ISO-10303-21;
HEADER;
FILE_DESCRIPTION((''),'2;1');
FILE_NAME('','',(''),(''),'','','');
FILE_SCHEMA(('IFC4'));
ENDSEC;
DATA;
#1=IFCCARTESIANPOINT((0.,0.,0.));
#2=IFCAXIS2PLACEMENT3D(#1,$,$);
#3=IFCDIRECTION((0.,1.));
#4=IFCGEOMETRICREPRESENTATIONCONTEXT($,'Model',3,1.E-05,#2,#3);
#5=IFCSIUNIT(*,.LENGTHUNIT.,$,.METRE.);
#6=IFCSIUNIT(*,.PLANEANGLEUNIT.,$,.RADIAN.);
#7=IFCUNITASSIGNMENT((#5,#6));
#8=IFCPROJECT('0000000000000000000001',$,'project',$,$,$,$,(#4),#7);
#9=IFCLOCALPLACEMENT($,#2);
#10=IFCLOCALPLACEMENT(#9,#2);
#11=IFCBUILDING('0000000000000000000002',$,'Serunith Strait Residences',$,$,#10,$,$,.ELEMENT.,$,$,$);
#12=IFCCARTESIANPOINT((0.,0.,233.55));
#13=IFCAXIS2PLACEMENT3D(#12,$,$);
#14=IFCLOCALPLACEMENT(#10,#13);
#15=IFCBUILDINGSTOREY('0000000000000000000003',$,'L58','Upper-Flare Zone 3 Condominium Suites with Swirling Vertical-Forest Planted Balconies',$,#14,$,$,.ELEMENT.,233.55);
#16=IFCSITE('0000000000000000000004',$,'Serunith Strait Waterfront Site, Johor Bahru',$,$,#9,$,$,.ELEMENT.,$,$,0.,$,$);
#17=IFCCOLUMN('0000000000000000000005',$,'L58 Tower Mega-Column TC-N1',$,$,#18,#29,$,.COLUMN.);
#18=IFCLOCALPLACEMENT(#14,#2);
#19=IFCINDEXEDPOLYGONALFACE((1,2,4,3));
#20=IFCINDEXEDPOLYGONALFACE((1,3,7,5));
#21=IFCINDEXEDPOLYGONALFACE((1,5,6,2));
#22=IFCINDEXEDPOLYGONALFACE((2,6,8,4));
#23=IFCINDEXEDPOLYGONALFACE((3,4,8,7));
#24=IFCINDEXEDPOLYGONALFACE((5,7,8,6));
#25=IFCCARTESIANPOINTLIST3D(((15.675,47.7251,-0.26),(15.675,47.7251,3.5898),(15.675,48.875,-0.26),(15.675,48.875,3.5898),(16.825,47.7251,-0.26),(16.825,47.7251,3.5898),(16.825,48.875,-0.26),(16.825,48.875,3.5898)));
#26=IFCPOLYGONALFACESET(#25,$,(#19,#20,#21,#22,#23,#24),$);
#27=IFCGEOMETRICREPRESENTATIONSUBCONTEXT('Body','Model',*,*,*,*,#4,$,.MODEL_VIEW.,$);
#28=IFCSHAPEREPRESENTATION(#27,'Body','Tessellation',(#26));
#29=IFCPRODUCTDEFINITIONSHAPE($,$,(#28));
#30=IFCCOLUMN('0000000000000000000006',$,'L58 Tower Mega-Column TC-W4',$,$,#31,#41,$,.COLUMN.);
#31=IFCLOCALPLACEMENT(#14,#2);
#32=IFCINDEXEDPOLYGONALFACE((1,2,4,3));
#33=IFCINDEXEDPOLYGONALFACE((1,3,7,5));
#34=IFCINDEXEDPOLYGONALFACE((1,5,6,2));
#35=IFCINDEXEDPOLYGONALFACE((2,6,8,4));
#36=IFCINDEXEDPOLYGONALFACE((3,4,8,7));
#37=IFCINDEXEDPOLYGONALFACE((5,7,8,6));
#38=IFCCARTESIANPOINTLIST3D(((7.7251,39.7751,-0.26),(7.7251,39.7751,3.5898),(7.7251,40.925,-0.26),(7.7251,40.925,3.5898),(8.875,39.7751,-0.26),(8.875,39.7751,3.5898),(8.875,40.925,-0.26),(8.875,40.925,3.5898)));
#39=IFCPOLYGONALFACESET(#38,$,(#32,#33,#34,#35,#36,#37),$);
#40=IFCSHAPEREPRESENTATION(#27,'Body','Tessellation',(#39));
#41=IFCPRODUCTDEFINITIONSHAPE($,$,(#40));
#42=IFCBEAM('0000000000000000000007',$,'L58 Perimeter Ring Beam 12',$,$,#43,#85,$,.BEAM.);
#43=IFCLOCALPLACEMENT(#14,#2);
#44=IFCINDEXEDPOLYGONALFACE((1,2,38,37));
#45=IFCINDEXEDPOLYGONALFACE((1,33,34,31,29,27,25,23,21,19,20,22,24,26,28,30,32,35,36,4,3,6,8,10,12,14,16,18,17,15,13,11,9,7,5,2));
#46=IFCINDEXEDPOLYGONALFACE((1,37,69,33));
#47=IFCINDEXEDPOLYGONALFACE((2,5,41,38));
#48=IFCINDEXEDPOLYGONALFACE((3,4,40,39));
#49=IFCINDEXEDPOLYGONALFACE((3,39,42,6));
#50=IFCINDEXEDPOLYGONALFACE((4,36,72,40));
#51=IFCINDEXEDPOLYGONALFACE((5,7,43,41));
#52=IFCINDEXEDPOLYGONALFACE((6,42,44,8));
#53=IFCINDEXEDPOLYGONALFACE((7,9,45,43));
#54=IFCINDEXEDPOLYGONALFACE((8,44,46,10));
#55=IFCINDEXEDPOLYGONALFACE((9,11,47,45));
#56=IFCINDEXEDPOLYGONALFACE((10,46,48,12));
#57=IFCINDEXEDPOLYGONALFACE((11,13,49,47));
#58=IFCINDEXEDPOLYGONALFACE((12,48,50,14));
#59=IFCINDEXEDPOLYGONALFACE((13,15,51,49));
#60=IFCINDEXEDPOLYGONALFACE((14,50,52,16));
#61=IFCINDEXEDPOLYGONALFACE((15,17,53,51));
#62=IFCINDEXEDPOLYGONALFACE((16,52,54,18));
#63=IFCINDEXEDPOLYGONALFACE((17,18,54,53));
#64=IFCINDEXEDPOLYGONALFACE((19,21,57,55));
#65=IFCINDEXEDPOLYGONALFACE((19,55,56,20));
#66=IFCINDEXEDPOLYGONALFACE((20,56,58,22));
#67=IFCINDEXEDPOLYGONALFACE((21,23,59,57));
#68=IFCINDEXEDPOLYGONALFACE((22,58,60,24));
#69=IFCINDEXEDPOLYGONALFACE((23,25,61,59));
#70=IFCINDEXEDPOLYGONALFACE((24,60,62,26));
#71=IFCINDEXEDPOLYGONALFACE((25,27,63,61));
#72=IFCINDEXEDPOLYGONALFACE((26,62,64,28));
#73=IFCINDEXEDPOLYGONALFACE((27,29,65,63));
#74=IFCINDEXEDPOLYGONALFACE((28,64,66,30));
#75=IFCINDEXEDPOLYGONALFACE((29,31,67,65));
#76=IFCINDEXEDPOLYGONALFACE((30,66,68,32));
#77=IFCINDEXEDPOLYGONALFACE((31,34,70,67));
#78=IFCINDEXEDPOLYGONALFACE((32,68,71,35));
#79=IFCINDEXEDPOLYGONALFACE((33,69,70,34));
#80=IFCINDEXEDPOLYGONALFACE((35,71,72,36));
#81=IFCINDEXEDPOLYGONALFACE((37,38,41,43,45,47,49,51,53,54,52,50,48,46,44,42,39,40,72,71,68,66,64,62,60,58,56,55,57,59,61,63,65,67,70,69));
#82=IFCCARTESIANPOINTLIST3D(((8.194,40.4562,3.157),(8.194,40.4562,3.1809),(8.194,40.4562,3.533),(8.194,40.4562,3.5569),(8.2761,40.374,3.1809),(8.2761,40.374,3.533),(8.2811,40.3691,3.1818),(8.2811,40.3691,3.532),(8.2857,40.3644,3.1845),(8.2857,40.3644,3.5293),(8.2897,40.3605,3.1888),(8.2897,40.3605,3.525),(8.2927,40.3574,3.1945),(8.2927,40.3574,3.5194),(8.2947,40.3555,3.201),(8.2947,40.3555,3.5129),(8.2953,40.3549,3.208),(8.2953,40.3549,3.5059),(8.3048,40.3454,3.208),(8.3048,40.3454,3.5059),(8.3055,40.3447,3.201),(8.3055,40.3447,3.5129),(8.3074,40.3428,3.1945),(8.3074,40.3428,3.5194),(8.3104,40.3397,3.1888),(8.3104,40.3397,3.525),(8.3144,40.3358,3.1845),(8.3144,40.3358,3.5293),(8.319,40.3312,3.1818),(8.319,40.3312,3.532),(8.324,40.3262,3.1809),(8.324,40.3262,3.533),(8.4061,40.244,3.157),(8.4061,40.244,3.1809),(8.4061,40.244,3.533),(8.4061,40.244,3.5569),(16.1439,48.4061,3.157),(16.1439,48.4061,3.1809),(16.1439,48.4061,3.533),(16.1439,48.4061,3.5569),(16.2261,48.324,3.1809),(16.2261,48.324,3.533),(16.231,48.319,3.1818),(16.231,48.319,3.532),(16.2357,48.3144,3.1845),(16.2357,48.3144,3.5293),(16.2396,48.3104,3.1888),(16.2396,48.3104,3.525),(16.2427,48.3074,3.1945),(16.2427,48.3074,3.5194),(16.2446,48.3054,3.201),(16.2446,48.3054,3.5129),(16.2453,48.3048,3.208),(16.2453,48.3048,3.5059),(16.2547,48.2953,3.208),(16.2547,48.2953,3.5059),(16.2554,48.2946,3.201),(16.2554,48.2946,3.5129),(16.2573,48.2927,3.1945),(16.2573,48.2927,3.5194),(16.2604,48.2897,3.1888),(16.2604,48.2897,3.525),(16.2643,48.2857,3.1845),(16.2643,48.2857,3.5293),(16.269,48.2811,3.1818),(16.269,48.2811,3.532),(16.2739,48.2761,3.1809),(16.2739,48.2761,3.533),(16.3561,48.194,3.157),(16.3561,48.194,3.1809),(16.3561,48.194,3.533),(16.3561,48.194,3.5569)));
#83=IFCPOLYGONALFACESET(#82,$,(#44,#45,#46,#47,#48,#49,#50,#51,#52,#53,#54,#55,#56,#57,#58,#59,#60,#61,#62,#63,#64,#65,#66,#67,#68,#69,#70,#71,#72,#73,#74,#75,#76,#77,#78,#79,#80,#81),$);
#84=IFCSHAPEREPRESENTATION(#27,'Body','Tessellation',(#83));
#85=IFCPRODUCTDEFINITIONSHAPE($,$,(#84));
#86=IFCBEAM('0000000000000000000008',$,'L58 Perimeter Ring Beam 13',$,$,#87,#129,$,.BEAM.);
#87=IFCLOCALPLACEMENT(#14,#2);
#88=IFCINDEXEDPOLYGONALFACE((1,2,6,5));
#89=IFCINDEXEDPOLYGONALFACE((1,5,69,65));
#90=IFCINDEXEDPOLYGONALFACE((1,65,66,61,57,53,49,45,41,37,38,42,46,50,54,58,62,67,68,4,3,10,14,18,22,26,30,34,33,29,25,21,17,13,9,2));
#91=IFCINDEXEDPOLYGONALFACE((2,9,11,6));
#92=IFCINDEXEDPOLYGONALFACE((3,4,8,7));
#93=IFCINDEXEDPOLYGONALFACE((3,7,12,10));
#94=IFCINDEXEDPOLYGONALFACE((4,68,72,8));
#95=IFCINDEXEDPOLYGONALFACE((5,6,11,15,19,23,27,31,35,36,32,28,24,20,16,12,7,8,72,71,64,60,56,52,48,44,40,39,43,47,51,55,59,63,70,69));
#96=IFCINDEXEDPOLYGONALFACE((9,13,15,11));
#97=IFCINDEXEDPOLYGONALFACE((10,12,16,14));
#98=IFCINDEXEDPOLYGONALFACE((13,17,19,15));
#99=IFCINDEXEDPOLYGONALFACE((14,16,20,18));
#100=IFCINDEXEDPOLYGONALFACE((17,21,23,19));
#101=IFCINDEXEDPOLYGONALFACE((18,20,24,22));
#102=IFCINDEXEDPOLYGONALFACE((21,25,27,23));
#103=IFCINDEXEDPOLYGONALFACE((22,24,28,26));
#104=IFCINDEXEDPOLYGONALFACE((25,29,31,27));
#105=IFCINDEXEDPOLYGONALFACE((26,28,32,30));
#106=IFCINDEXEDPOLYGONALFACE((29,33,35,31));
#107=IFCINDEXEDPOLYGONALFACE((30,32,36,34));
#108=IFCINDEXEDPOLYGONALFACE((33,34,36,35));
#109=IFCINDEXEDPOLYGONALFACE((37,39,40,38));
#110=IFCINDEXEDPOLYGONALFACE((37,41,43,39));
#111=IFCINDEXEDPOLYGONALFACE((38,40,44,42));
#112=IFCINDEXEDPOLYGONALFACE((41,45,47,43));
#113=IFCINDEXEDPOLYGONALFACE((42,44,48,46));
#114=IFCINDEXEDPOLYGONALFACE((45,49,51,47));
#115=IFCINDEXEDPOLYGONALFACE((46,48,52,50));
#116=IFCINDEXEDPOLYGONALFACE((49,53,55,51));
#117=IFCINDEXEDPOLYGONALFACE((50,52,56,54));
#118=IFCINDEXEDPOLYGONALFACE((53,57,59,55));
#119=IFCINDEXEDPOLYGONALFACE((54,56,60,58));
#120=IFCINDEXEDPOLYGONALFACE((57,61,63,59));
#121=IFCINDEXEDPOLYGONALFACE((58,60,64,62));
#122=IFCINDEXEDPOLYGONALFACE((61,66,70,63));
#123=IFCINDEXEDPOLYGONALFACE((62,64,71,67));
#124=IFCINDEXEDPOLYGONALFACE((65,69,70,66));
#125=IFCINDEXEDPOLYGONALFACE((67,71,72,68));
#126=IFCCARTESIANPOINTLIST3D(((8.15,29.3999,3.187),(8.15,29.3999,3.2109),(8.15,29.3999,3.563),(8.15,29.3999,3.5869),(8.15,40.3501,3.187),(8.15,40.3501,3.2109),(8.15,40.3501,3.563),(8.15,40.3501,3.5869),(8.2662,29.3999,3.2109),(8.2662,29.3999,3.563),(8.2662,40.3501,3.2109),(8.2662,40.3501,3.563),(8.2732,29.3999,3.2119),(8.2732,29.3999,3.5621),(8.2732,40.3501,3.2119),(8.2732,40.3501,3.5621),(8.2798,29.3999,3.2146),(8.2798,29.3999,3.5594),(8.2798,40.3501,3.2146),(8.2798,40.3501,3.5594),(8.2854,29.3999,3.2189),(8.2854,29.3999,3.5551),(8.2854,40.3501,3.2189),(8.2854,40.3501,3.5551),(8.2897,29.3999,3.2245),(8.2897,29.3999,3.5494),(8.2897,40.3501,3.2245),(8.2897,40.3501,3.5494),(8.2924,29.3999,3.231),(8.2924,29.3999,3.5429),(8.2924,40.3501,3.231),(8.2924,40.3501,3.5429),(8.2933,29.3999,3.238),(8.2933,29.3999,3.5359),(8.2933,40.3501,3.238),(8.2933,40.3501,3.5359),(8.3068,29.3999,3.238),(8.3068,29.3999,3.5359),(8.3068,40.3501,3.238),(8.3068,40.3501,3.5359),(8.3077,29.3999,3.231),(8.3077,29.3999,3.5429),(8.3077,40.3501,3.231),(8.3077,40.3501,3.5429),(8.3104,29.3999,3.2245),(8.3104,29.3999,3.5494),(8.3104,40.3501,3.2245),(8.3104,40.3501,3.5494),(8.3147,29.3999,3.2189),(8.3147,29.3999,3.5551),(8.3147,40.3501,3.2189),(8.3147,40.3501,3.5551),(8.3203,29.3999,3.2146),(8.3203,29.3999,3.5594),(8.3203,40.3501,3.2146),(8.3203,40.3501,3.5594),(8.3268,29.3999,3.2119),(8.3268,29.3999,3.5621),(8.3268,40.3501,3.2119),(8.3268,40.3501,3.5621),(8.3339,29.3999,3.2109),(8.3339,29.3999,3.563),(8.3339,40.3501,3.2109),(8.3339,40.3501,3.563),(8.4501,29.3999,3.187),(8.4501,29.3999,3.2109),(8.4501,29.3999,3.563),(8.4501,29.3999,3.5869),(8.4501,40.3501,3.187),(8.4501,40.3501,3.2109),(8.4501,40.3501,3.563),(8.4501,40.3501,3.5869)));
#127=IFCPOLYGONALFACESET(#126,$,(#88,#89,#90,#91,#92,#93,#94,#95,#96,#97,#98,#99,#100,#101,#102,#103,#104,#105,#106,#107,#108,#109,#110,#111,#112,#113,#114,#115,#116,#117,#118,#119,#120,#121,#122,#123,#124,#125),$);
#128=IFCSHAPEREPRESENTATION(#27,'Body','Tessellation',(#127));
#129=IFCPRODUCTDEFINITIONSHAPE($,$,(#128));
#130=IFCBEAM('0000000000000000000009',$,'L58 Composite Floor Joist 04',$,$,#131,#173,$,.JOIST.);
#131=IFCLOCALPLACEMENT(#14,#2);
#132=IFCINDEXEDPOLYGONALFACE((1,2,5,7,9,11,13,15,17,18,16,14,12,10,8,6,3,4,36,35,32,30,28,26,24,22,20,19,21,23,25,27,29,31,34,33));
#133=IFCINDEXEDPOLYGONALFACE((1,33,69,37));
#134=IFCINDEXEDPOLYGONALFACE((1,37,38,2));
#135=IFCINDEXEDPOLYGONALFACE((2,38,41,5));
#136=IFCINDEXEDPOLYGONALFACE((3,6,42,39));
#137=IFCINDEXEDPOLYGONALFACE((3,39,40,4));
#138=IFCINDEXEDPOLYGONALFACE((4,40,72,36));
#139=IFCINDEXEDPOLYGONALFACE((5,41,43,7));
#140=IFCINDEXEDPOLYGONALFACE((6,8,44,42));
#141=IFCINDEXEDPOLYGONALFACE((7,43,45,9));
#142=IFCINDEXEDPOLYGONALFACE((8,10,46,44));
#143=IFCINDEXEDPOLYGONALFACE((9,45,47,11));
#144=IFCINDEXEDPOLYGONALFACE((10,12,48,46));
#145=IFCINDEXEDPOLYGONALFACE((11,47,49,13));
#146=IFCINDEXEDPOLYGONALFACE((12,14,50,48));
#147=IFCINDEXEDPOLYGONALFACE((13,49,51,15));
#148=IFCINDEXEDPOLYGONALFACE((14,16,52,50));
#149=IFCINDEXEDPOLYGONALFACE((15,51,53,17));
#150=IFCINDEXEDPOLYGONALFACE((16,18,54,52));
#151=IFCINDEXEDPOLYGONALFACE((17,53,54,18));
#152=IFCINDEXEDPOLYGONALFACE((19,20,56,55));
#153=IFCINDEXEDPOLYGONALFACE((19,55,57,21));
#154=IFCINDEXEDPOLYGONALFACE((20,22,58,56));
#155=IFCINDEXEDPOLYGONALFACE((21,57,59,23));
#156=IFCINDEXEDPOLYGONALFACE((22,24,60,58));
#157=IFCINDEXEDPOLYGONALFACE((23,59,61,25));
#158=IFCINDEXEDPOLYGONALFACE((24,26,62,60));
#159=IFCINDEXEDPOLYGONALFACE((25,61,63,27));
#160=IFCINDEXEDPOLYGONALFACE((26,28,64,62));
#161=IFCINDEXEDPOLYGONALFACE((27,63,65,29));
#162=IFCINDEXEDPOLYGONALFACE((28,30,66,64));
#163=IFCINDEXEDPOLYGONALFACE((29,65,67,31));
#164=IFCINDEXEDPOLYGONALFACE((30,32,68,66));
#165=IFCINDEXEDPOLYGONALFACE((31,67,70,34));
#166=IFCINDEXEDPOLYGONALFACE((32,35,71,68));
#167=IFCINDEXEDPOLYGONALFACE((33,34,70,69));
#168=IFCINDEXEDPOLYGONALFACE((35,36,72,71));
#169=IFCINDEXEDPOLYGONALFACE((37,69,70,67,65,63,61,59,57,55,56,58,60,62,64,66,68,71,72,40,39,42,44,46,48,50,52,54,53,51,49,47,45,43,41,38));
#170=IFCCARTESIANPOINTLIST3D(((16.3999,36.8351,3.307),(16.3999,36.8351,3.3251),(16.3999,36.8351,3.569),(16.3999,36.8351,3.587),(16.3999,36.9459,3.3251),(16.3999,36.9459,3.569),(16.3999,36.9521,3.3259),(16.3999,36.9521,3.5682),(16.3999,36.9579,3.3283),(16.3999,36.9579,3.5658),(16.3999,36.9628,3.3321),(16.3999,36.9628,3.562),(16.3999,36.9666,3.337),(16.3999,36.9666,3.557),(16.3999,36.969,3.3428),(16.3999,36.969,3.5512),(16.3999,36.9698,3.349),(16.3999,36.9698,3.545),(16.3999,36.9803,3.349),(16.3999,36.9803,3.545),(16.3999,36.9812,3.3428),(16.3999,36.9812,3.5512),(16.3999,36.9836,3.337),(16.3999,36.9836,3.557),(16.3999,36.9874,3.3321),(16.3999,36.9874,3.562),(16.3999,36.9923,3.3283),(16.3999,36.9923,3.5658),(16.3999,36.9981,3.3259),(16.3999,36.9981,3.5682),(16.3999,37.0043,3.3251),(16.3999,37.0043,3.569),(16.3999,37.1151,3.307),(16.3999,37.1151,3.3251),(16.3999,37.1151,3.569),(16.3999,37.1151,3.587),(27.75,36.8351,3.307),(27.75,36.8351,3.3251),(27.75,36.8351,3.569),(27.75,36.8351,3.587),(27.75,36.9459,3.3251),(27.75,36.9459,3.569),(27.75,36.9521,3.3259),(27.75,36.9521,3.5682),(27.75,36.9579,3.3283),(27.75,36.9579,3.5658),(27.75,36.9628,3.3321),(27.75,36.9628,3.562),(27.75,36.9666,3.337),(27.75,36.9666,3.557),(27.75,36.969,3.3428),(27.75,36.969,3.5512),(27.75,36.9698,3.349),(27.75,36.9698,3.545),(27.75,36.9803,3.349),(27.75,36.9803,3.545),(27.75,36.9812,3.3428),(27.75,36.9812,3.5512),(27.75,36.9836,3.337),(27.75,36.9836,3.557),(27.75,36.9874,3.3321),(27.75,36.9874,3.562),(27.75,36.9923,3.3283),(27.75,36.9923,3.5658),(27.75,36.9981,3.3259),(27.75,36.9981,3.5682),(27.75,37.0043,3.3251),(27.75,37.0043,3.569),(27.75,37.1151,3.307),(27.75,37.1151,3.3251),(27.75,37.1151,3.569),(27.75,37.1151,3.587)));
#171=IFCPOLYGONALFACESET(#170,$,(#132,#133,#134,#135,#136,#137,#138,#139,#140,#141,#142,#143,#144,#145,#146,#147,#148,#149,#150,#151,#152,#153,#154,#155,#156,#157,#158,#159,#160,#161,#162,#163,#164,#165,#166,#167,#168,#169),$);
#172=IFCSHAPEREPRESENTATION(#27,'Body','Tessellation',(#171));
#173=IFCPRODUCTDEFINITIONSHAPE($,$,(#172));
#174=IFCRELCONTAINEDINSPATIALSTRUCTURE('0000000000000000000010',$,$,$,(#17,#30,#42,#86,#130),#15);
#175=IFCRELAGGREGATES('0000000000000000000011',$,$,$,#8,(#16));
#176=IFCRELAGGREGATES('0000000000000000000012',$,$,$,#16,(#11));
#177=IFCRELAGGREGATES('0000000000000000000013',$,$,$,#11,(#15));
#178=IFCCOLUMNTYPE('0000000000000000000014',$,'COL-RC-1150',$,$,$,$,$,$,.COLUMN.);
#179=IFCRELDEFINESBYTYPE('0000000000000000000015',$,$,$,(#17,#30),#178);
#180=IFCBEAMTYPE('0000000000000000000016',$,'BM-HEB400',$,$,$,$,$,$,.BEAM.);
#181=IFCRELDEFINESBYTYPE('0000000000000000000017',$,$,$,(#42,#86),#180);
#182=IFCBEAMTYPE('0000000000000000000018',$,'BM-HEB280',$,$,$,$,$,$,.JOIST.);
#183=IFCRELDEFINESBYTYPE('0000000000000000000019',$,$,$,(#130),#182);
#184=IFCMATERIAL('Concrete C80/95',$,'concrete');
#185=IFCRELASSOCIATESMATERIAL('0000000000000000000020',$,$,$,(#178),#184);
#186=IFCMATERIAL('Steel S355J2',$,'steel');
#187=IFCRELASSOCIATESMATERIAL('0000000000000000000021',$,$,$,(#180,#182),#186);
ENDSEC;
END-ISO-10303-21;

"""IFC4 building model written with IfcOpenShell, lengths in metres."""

from ifc_helpers import new_model, si_unit, direction, frame, origin, origin_2d, place, context, subcontext, project, spatial, rectangle, i_section, extrude, source, transform, mapped, material, material_profile, profile_set, type_object, element, save


model = new_model("IFC4")

# Units and contexts
model_context = context("Model", 3, precision=1e-05, world=origin(), true_north=direction((0.0, 1.0)))
body_context = subcontext(model_context, "Body", "Model", "MODEL_VIEW")
ifc_project = project(units=[si_unit("LENGTHUNIT", "METRE"), si_unit("PLANEANGLEUNIT", "RADIAN")], contexts=[model_context])

# Site, building, storey
site_placement = place(None, origin())
site = spatial("IfcSite", under=ifc_project, at=site_placement, Name="Serunith Strait Waterfront Site, Johor Bahru", CompositionType="ELEMENT", RefElevation=0.0)
building_placement = place(site_placement, origin())
building = spatial("IfcBuilding", under=site, at=building_placement, Name="Serunith Strait Residences", CompositionType="ELEMENT")
storey_placement = place(building_placement, frame((0.0, 0.0, 233.55)))
storey = spatial("IfcBuildingStorey", under=building, at=storey_placement, Name="L58", Description="Upper-Flare Zone 3 Condominium Suites with Swirling Vertical-Forest Planted Balconies", CompositionType="ELEMENT", Elevation=233.55)

# Columns
ifc_material_1 = material(Name="Concrete C80/95", Category="concrete")
ifc_material_profile_1 = material_profile(ifc_material_1, rectangle(XDim=1.1499, YDim=1.1499, at=origin_2d()), Name="RC 1150x1150")
ifc_profile_set_1 = profile_set([ifc_material_profile_1], Name="Concrete C80/95")
column_type = type_object("IfcColumnType", Name="COL-RC-1150", PredefinedType="COLUMN", material=ifc_profile_set_1)
shared_shape_1 = source(origin(), body_context, "Body", "SweptSolid", [
    extrude(rectangle(XDim=1.1499, YDim=1.1499, at=origin_2d()), origin(), (0.0, 0.0, 1.0), 3.8499),
])
for number, where, z_axis, x_axis, name in (
    (1, (16.25, 48.3, -0.26), (0.0, 0.0, 1.0), (1.0, 0.0, 0.0), "L58 Tower Mega-Column TC-N1"),
    (2, (8.3, 40.3501, -0.26), (0.0, 0.0, 1.0), (1.0, 0.0, 0.0), "L58 Tower Mega-Column TC-W4"),
):
    element("IfcColumn", number, at=place(storey_placement, frame(where, z_axis=z_axis, x_axis=x_axis)), inside=storey, type_object=column_type, Name=name, PredefinedType="COLUMN", context=body_context, shape_type="MappedRepresentation", body=[
        mapped(shared_shape_1, transform((0.0, 0.0, 0.0), scale=1.0)),
    ])

# Beams
ifc_material_2 = material(Name="Steel S355J2", Category="steel")
ifc_material_profile_2 = material_profile(ifc_material_2, i_section(OverallWidth=0.3, OverallDepth=0.3999, WebThickness=0.0134, FlangeThickness=0.0239, FilletRadius=0.0271, at=origin_2d()), Name="HEB 400")
ifc_profile_set_2 = profile_set([ifc_material_profile_2], Name="Steel S355J2")
beam_type_1 = type_object("IfcBeamType", Name="BM-HEB400", PredefinedType="BEAM", material=ifc_profile_set_2)
shared_shape_2 = source(origin(), body_context, "Body", "SweptSolid", [
    extrude(i_section(OverallWidth=0.3, OverallDepth=0.3999, WebThickness=0.0134, FlangeThickness=0.0239, FilletRadius=0.0271, at=origin_2d()), origin(), (0.0, 0.0, 1.0), 11.2429),
])
beam_1_placement = place(storey_placement, frame((16.25, 48.3, 3.3569), z_axis=(-0.707107, -0.707107, 0.0), x_axis=(0.707107, -0.707107, 0.0)))
element("IfcBeam", 3, at=beam_1_placement, inside=storey, type_object=beam_type_1, Name="L58 Perimeter Ring Beam 12", PredefinedType="BEAM", context=body_context, shape_type="MappedRepresentation", body=[
    mapped(shared_shape_2, transform((0.0, 0.0, 0.0), scale=1.0)),
])
shared_shape_3 = source(origin(), body_context, "Body", "SweptSolid", [
    extrude(i_section(OverallWidth=0.3, OverallDepth=0.3999, WebThickness=0.0134, FlangeThickness=0.0239, FilletRadius=0.0271, at=origin_2d()), origin(), (0.0, 0.0, 1.0), 10.9502),
])
beam_2_placement = place(storey_placement, frame((8.3, 40.3501, 3.387), z_axis=(0.0, -1.0, 0.0), x_axis=(1.0, 0.0, 0.0)))
element("IfcBeam", 4, at=beam_2_placement, inside=storey, type_object=beam_type_1, Name="L58 Perimeter Ring Beam 13", PredefinedType="BEAM", context=body_context, shape_type="MappedRepresentation", body=[
    mapped(shared_shape_3, transform((0.0, 0.0, 0.0), scale=1.0)),
])
ifc_material_profile_3 = material_profile(ifc_material_2, i_section(OverallWidth=0.28, OverallDepth=0.28, WebThickness=0.0105, FlangeThickness=0.0181, FilletRadius=0.0239, at=origin_2d()), Name="HEB 280")
ifc_profile_set_3 = profile_set([ifc_material_profile_3], Name="Steel S355J2")
beam_type_2 = type_object("IfcBeamType", Name="BM-HEB280", PredefinedType="JOIST", material=ifc_profile_set_3)
shared_shape_4 = source(origin(), body_context, "Body", "SweptSolid", [
    extrude(i_section(OverallWidth=0.28, OverallDepth=0.28, WebThickness=0.0105, FlangeThickness=0.0181, FilletRadius=0.0239, at=origin_2d()), origin(), (0.0, 0.0, 1.0), 11.3501),
])
beam_3_placement = place(storey_placement, frame((16.3999, 36.9751, 3.447), z_axis=(1.0, 0.0, 0.0), x_axis=(0.0, 1.0, 0.0)))
element("IfcBeam", 5, at=beam_3_placement, inside=storey, type_object=beam_type_2, Name="L58 Composite Floor Joist 04", PredefinedType="JOIST", context=body_context, shape_type="MappedRepresentation", body=[
    mapped(shared_shape_4, transform((0.0, 0.0, 0.0), scale=1.0)),
])

save(model, "model.ifc")
